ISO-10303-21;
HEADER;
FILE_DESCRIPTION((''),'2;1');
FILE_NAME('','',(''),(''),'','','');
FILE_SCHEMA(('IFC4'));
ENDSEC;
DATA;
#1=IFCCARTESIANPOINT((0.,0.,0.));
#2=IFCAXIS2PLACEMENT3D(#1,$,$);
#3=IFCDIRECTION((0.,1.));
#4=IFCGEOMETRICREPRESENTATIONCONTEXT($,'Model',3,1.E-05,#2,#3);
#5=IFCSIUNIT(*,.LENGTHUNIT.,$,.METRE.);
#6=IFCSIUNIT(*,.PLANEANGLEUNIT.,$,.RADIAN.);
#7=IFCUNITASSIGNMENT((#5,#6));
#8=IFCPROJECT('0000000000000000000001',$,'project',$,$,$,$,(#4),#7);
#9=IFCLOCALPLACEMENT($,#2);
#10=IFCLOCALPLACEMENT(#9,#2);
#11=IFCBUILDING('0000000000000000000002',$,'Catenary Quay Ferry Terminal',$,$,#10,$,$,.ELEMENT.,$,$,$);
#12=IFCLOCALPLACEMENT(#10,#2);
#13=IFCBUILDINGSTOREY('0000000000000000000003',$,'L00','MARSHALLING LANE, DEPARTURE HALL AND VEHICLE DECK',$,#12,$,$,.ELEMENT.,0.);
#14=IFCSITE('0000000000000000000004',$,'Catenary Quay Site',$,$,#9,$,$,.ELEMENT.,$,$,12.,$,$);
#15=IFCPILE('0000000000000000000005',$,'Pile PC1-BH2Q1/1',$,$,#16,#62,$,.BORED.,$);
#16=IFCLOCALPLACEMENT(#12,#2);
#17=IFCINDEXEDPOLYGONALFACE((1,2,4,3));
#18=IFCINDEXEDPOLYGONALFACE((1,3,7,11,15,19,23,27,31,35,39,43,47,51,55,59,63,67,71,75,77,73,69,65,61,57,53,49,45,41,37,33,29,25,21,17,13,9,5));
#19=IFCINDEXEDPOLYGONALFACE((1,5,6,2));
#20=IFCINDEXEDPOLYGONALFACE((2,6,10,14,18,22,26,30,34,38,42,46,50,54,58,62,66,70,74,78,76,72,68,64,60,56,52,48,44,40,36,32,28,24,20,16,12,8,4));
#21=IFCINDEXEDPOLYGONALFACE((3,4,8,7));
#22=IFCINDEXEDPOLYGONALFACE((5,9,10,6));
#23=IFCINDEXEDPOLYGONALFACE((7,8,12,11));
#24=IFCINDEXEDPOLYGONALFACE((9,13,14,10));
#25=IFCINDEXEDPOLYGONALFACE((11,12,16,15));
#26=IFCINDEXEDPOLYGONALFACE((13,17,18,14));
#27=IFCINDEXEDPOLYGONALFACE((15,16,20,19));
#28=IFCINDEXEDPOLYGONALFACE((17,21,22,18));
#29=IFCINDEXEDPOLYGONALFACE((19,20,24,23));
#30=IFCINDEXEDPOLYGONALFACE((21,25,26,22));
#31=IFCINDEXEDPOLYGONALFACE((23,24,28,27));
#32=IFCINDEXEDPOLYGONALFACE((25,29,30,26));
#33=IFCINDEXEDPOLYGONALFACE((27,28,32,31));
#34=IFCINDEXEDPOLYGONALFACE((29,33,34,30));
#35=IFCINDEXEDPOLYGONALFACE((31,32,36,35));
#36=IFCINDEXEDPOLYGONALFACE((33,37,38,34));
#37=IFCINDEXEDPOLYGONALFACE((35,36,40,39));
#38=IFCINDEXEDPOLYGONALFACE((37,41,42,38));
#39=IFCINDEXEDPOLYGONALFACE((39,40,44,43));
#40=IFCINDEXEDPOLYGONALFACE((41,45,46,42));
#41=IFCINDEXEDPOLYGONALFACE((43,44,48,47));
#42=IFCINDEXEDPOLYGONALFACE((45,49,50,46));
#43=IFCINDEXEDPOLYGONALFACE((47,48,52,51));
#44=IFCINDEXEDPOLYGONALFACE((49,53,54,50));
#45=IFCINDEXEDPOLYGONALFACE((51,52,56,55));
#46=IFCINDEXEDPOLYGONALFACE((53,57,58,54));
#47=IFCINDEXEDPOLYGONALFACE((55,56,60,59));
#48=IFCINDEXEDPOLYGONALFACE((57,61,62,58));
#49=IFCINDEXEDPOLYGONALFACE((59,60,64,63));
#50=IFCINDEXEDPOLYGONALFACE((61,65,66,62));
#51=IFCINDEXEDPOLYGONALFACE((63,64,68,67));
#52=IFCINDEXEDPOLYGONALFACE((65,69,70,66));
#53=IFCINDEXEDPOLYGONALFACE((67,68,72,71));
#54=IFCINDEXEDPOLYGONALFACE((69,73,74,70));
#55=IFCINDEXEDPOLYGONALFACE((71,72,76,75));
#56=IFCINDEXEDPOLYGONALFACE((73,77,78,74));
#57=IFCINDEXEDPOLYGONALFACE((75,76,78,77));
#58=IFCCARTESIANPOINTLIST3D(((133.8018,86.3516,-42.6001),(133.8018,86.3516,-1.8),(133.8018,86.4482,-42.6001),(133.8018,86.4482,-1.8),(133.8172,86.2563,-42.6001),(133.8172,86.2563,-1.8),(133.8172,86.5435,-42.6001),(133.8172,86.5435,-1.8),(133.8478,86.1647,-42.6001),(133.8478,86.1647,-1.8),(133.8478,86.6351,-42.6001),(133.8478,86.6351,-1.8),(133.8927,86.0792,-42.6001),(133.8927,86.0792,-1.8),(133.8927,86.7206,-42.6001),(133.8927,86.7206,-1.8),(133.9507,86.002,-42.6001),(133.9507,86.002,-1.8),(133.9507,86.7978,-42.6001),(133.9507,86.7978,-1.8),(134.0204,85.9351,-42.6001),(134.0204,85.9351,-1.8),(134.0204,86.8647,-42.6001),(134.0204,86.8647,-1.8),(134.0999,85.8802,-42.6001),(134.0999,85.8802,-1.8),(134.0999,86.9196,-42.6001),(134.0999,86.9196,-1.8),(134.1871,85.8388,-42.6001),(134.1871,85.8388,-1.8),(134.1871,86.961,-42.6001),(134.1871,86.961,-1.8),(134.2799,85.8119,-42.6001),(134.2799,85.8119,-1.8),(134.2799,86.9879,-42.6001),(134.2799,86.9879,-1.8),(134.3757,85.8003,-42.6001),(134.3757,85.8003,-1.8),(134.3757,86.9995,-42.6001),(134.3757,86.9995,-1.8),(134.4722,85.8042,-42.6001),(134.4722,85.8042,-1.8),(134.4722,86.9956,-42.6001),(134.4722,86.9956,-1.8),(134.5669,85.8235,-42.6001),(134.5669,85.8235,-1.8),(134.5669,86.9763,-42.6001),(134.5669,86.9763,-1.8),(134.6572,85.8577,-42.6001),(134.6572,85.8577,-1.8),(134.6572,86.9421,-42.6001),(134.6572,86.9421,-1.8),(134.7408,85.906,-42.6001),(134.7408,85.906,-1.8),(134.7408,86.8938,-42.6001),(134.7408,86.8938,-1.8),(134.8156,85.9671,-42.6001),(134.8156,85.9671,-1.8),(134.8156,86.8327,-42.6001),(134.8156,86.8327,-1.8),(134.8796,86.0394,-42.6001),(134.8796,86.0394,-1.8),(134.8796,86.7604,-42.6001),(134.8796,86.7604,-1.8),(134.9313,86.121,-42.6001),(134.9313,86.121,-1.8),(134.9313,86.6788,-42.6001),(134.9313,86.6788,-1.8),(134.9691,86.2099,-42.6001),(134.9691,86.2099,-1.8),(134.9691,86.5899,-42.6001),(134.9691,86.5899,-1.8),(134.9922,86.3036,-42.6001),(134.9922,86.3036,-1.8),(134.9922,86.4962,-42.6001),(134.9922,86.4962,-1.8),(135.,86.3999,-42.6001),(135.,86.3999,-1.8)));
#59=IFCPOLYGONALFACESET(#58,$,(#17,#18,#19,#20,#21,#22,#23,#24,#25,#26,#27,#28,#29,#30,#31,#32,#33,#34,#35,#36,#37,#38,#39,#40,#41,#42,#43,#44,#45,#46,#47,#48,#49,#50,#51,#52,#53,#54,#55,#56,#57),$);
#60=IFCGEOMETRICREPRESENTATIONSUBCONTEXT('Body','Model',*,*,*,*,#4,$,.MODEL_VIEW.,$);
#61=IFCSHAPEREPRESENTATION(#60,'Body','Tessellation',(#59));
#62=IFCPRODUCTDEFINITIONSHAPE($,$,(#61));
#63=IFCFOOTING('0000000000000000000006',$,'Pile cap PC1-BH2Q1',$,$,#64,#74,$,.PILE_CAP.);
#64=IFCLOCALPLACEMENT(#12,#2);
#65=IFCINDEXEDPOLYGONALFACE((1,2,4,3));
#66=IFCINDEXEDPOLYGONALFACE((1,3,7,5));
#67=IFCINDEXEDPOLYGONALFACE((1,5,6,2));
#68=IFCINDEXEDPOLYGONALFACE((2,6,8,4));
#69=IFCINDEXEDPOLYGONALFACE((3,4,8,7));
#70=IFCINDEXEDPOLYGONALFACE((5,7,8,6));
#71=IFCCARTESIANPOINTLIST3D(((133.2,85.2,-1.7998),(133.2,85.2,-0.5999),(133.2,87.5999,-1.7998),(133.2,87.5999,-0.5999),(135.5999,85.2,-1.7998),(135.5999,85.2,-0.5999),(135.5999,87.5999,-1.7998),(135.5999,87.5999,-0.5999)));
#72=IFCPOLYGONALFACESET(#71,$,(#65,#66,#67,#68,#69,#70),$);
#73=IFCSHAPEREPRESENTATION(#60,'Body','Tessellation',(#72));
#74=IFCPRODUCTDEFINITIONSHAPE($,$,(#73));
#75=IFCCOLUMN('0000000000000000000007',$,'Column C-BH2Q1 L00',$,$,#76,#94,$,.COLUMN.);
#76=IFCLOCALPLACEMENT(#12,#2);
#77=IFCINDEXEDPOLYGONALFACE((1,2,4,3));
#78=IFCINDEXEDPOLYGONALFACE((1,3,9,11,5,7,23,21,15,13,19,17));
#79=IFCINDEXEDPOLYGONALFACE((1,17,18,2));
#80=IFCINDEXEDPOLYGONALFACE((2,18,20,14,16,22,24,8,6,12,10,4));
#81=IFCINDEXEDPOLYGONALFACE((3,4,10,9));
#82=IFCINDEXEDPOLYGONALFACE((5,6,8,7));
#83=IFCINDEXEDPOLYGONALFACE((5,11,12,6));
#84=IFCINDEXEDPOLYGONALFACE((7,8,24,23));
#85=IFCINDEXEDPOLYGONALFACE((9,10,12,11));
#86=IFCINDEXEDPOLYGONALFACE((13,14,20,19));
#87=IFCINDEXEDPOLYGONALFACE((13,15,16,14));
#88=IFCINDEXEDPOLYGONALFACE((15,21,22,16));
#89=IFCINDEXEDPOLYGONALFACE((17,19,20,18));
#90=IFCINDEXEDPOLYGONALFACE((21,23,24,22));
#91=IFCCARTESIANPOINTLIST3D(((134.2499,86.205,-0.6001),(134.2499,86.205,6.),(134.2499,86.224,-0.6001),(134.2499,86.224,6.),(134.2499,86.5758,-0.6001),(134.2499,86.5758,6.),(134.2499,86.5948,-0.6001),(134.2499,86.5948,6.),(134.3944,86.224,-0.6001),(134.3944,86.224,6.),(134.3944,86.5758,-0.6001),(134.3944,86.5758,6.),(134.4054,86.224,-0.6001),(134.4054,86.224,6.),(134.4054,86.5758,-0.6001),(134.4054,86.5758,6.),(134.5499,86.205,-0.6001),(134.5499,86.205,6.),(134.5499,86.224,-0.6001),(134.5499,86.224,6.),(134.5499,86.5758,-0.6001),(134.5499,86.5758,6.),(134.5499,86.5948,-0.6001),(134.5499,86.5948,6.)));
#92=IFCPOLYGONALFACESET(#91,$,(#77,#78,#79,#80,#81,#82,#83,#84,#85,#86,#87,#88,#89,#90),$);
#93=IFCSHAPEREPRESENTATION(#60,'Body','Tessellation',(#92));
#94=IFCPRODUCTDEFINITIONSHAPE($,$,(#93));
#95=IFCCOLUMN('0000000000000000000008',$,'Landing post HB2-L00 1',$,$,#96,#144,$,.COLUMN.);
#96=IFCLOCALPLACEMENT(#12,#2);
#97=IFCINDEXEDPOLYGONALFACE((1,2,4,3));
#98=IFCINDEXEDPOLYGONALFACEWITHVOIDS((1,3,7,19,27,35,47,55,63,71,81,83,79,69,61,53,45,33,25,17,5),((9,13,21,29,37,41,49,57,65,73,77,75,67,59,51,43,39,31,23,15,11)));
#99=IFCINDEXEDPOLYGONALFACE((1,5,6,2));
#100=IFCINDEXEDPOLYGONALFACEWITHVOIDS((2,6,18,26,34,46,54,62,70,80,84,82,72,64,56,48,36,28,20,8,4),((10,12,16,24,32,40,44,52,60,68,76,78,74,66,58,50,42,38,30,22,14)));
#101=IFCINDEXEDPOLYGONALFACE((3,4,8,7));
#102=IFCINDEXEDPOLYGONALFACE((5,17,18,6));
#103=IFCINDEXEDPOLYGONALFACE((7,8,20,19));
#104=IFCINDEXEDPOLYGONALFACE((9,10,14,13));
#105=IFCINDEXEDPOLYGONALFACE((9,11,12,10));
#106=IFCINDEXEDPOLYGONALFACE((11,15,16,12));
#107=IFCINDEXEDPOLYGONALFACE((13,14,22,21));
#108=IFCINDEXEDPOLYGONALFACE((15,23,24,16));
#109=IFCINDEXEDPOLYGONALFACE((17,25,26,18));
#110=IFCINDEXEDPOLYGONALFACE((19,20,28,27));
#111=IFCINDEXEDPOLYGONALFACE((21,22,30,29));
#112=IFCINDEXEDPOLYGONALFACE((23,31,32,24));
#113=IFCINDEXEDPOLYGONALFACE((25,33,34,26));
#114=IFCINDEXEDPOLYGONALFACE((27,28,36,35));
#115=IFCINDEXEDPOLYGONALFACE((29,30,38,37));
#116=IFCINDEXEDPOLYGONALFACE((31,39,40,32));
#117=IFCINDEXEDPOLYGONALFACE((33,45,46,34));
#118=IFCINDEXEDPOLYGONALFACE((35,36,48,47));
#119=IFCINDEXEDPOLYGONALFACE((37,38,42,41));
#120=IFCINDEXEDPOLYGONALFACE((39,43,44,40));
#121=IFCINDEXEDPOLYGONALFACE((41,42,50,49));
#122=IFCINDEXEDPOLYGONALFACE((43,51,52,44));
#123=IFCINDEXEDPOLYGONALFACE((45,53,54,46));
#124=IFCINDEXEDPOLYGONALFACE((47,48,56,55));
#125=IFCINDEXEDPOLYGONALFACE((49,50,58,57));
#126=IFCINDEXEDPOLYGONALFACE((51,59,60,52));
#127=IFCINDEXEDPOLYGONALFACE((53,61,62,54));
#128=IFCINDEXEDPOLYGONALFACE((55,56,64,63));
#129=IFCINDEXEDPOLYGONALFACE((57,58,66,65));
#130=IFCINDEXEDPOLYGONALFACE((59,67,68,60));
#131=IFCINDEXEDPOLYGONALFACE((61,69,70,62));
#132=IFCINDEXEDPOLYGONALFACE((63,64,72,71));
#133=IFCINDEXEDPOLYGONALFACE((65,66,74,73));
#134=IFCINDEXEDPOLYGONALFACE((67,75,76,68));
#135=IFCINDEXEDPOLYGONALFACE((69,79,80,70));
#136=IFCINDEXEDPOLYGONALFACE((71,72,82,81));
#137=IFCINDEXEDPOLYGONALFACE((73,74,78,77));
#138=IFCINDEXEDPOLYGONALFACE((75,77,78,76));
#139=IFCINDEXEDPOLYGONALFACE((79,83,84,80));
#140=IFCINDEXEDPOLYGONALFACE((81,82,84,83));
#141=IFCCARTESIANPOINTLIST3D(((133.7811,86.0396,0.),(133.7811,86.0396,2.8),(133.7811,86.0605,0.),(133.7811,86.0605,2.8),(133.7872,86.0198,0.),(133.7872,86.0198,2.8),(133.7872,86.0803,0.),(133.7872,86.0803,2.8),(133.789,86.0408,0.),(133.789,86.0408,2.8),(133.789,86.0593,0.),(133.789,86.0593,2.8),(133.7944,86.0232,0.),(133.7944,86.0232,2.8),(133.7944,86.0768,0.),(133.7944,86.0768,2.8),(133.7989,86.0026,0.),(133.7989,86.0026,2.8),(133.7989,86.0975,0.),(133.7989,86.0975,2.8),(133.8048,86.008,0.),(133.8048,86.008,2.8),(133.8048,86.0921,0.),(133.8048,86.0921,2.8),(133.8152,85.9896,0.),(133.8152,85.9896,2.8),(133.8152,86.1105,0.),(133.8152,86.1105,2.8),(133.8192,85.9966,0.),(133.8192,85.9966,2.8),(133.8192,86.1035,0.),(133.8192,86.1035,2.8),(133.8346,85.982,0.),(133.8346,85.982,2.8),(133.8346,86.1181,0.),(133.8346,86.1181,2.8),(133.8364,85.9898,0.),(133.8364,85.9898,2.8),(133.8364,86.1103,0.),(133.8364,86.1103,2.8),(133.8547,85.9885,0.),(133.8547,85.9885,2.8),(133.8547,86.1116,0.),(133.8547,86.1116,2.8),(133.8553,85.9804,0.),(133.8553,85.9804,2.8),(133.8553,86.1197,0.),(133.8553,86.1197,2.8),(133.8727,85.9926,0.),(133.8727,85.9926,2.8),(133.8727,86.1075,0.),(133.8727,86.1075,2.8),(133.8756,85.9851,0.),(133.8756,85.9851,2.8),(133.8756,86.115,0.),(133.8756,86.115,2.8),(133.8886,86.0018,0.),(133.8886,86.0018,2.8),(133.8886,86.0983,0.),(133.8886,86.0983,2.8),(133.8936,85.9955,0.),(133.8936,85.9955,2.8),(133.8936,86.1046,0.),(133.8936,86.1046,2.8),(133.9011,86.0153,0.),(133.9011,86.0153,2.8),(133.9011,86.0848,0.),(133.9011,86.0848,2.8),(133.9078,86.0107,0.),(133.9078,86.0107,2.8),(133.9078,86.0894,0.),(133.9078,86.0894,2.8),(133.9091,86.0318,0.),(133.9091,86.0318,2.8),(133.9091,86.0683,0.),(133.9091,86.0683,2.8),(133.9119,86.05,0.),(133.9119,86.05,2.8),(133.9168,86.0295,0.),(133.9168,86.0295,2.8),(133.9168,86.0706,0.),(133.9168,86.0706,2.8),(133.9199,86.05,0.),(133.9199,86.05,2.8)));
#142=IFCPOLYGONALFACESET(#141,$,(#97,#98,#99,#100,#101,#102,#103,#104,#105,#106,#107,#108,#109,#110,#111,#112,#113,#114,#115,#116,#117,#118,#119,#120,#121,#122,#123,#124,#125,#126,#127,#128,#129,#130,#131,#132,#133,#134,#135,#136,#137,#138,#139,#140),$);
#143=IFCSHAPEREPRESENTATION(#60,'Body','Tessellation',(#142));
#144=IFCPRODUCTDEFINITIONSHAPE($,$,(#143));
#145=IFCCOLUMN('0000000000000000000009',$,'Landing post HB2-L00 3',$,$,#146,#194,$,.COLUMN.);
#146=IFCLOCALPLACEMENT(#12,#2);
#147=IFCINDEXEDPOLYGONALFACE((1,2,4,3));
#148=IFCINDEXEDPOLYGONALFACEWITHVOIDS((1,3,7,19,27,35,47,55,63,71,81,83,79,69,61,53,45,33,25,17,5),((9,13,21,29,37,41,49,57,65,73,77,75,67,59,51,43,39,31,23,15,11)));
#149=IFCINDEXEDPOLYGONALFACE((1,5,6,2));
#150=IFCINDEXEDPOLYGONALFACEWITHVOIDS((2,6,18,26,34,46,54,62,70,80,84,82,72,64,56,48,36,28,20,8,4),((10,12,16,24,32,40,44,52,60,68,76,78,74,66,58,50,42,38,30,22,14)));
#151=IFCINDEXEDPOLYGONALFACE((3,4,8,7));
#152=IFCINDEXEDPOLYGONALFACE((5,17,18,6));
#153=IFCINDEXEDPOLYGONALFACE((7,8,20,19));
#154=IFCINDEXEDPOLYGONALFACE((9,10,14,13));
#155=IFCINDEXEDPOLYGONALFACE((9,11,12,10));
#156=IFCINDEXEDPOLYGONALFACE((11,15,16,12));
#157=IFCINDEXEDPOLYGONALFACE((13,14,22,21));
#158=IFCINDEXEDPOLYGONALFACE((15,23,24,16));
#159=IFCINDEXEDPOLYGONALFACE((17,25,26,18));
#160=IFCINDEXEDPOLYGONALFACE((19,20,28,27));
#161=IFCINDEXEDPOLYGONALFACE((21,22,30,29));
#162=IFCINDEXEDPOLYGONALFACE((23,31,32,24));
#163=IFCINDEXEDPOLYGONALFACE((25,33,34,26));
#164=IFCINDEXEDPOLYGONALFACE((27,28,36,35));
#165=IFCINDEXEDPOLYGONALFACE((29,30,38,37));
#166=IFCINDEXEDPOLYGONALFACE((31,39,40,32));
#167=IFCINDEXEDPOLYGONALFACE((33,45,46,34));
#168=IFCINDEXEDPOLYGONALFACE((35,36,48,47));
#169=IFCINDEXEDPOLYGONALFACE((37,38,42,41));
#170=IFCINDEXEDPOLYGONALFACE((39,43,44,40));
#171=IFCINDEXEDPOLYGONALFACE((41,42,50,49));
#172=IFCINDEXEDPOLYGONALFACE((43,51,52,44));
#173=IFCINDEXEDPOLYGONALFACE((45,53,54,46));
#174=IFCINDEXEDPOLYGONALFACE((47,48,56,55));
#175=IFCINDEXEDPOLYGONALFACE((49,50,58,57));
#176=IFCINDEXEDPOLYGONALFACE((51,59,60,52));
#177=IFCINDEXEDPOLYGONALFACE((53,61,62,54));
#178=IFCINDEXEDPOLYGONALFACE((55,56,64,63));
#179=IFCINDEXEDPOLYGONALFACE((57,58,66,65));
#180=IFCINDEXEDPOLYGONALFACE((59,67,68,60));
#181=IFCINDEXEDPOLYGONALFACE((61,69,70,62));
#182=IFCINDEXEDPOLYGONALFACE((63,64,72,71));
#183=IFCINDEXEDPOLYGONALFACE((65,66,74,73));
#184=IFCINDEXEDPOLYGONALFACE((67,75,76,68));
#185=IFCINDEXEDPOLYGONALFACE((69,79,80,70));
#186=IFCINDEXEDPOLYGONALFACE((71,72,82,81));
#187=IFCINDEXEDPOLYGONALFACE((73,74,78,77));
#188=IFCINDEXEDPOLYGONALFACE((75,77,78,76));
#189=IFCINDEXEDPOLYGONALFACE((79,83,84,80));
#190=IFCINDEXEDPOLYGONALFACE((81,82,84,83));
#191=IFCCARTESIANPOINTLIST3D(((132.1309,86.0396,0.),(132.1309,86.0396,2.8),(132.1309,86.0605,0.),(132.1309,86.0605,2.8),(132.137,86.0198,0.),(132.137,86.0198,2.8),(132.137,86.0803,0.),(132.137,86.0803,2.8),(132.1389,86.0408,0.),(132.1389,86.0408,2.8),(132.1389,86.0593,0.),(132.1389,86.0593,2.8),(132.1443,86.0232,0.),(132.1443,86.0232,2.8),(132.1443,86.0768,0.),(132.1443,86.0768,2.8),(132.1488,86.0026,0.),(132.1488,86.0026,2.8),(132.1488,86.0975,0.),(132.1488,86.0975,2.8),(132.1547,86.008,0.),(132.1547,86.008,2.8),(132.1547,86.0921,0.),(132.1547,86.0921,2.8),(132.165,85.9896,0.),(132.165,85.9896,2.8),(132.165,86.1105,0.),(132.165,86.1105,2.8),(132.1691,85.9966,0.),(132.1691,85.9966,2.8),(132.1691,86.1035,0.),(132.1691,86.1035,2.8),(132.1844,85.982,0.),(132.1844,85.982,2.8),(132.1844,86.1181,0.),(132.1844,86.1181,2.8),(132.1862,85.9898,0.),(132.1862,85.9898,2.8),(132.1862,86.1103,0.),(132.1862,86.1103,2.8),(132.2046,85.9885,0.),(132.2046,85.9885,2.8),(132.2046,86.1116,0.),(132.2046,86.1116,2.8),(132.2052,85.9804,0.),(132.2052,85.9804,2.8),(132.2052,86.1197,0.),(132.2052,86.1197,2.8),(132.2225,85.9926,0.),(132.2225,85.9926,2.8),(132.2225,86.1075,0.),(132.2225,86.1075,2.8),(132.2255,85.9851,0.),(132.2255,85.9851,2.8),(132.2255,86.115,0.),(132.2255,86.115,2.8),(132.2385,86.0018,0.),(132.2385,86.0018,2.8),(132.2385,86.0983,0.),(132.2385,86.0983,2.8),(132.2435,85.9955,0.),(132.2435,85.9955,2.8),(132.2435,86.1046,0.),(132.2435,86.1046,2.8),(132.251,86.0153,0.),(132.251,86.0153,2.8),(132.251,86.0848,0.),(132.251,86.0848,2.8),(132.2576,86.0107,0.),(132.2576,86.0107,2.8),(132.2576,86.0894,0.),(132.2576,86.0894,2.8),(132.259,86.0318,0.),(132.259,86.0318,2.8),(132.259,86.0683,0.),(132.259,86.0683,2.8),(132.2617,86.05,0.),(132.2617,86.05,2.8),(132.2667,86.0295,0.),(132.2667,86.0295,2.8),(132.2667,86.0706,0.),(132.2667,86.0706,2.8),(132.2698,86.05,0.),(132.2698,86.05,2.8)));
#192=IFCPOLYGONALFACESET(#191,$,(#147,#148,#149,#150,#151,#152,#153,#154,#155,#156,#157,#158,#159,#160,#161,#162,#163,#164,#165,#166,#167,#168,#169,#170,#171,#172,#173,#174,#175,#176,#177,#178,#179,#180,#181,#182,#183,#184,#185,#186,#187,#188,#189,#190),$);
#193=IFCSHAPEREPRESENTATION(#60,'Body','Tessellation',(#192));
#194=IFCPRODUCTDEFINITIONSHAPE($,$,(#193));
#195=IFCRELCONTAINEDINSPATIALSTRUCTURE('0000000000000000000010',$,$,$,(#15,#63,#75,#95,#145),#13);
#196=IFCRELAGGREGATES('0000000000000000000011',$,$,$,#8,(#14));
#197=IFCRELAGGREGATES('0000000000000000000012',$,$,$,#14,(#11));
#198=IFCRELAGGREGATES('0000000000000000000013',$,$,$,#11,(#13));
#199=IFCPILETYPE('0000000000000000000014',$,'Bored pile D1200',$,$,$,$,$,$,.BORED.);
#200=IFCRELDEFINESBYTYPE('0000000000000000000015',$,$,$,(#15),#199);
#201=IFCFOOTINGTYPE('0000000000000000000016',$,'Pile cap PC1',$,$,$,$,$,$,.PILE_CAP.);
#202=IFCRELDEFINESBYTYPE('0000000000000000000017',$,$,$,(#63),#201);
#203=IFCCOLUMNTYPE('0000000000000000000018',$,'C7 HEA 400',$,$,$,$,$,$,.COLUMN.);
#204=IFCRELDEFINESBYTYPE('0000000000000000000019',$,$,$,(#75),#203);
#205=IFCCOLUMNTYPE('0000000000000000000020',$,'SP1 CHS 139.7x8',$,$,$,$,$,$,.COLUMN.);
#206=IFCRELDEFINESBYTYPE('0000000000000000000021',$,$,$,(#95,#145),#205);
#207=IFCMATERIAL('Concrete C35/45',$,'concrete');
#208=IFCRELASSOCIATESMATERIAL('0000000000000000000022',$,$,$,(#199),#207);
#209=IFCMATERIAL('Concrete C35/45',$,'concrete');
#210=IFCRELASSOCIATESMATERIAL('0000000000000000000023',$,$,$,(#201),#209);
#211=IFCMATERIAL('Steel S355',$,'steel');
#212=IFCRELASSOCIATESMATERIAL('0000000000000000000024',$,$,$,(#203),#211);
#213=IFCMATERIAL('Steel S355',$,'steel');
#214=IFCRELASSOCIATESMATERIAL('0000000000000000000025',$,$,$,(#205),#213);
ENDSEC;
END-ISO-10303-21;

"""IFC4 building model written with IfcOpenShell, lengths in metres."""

from ifc_helpers import new_model, si_unit, direction, frame, origin, origin_2d, place, context, subcontext, project, spatial, rectangle, circle, hollow_circle, i_section, extrude, material, material_profile, profile_set, type_object, element, save


model = new_model("IFC4")

# Units and contexts
model_context = context("Model", 3, precision=1e-05, world=origin(), true_north=direction((0.0, 1.0)))
body_context = subcontext(model_context, "Body", "Model", "MODEL_VIEW")
ifc_project = project(units=[si_unit("LENGTHUNIT", "METRE"), si_unit("PLANEANGLEUNIT", "RADIAN")], contexts=[model_context])

# Site, building, storey
site_placement = place(None, origin())
site = spatial("IfcSite", under=ifc_project, at=site_placement, Name="Catenary Quay Site", CompositionType="ELEMENT", RefElevation=12.0)
building_placement = place(site_placement, origin())
building = spatial("IfcBuilding", under=site, at=building_placement, Name="Catenary Quay Ferry Terminal", CompositionType="ELEMENT")
storey_placement = place(building_placement, origin())
storey = spatial("IfcBuildingStorey", under=building, at=storey_placement, Name="L00", Description="MARSHALLING LANE, DEPARTURE HALL AND VEHICLE DECK", CompositionType="ELEMENT", Elevation=0.0)

# Pile
ifc_material_1 = material(Name="Concrete C35/45", Category="concrete")
ifc_material_profile_1 = material_profile(ifc_material_1, circle(Radius=0.6001, at=origin_2d()), Name="D1200")
ifc_profile_set_1 = profile_set([ifc_material_profile_1], Name="Concrete C35/45")
pile_type = type_object("IfcPileType", Name="Bored pile D1200", PredefinedType="BORED", material=ifc_profile_set_1)
pile_placement = place(storey_placement, frame((134.3999, 86.3999, -1.8), z_axis=(0.0, 0.0, -1.0), x_axis=(1.0, 0.0, 0.0)))
element("IfcPile", 1, at=pile_placement, inside=storey, type_object=pile_type, Name="Pile PC1-BH2Q1/1", PredefinedType="BORED", context=body_context, shape_type="SweptSolid", body=[
    extrude(circle(Radius=0.6001, at=origin_2d()), origin(), (0.0, 0.0, 1.0), 40.8),
])

# Footing
ifc_material_2 = material(Name="Concrete C35/45", Category="concrete")
footing_type = type_object("IfcFootingType", Name="Pile cap PC1", PredefinedType="PILE_CAP", material=ifc_material_2)
footing_placement = place(storey_placement, frame((134.3999, 86.3999, -1.7998), z_axis=(0.0, 0.0, 1.0), x_axis=(1.0, 0.0, 0.0)))
element("IfcFooting", 2, at=footing_placement, inside=storey, type_object=footing_type, Name="Pile cap PC1-BH2Q1", PredefinedType="PILE_CAP", context=body_context, shape_type="SweptSolid", body=[
    extrude(rectangle(XDim=2.3999, YDim=2.3999, at=origin_2d()), origin(), (0.0, 0.0, 1.0), 1.2),
])

# Columns
ifc_material_3 = material(Name="Steel S355", Category="steel")
ifc_material_profile_2 = material_profile(ifc_material_3, i_section(OverallWidth=0.3, OverallDepth=0.3899, WebThickness=0.011, FlangeThickness=0.019, at=origin_2d()), Name="HEA 400")
ifc_profile_set_2 = profile_set([ifc_material_profile_2], Name="Steel S355")
column_type_1 = type_object("IfcColumnType", Name="C7 HEA 400", PredefinedType="COLUMN", material=ifc_profile_set_2)
column_placement = place(storey_placement, frame((134.3999, 86.3999, -0.6001), z_axis=(0.0, 0.0, 1.0), x_axis=(1.0, 0.0, 0.0)))
element("IfcColumn", 3, at=column_placement, inside=storey, type_object=column_type_1, Name="Column C-BH2Q1 L00", PredefinedType="COLUMN", context=body_context, shape_type="SweptSolid", body=[
    extrude(i_section(OverallWidth=0.3, OverallDepth=0.3899, WebThickness=0.011, FlangeThickness=0.019, at=origin_2d()), origin(), (0.0, 0.0, 1.0), 6.6001),
])
ifc_material_4 = material(Name="Steel S355", Category="steel")
ifc_material_profile_3 = material_profile(ifc_material_4, hollow_circle(Radius=0.0698, WallThickness=0.0081, at=origin_2d()), Name="CHS 139.7x8")
ifc_profile_set_3 = profile_set([ifc_material_profile_3], Name="Steel S355")
column_type_2 = type_object("IfcColumnType", Name="SP1 CHS 139.7x8", PredefinedType="COLUMN", material=ifc_profile_set_3)
for number, where, z_axis, x_axis, name in (
    (4, (133.8501, 86.05, 0.0), (0.0, 0.0, 1.0), (1.0, 0.0, 0.0), "Landing post HB2-L00 1"),
    (5, (132.2, 86.05, 0.0), (0.0, 0.0, 1.0), (1.0, 0.0, 0.0), "Landing post HB2-L00 3"),
):
    element("IfcColumn", number, at=place(storey_placement, frame(where, z_axis=z_axis, x_axis=x_axis)), inside=storey, type_object=column_type_2, Name=name, PredefinedType="COLUMN", context=body_context, shape_type="SweptSolid", body=[
        extrude(hollow_circle(Radius=0.0698, WallThickness=0.0081, at=origin_2d()), origin(), (0.0, 0.0, 1.0), 2.8),
    ])

save(model, "model.ifc")
